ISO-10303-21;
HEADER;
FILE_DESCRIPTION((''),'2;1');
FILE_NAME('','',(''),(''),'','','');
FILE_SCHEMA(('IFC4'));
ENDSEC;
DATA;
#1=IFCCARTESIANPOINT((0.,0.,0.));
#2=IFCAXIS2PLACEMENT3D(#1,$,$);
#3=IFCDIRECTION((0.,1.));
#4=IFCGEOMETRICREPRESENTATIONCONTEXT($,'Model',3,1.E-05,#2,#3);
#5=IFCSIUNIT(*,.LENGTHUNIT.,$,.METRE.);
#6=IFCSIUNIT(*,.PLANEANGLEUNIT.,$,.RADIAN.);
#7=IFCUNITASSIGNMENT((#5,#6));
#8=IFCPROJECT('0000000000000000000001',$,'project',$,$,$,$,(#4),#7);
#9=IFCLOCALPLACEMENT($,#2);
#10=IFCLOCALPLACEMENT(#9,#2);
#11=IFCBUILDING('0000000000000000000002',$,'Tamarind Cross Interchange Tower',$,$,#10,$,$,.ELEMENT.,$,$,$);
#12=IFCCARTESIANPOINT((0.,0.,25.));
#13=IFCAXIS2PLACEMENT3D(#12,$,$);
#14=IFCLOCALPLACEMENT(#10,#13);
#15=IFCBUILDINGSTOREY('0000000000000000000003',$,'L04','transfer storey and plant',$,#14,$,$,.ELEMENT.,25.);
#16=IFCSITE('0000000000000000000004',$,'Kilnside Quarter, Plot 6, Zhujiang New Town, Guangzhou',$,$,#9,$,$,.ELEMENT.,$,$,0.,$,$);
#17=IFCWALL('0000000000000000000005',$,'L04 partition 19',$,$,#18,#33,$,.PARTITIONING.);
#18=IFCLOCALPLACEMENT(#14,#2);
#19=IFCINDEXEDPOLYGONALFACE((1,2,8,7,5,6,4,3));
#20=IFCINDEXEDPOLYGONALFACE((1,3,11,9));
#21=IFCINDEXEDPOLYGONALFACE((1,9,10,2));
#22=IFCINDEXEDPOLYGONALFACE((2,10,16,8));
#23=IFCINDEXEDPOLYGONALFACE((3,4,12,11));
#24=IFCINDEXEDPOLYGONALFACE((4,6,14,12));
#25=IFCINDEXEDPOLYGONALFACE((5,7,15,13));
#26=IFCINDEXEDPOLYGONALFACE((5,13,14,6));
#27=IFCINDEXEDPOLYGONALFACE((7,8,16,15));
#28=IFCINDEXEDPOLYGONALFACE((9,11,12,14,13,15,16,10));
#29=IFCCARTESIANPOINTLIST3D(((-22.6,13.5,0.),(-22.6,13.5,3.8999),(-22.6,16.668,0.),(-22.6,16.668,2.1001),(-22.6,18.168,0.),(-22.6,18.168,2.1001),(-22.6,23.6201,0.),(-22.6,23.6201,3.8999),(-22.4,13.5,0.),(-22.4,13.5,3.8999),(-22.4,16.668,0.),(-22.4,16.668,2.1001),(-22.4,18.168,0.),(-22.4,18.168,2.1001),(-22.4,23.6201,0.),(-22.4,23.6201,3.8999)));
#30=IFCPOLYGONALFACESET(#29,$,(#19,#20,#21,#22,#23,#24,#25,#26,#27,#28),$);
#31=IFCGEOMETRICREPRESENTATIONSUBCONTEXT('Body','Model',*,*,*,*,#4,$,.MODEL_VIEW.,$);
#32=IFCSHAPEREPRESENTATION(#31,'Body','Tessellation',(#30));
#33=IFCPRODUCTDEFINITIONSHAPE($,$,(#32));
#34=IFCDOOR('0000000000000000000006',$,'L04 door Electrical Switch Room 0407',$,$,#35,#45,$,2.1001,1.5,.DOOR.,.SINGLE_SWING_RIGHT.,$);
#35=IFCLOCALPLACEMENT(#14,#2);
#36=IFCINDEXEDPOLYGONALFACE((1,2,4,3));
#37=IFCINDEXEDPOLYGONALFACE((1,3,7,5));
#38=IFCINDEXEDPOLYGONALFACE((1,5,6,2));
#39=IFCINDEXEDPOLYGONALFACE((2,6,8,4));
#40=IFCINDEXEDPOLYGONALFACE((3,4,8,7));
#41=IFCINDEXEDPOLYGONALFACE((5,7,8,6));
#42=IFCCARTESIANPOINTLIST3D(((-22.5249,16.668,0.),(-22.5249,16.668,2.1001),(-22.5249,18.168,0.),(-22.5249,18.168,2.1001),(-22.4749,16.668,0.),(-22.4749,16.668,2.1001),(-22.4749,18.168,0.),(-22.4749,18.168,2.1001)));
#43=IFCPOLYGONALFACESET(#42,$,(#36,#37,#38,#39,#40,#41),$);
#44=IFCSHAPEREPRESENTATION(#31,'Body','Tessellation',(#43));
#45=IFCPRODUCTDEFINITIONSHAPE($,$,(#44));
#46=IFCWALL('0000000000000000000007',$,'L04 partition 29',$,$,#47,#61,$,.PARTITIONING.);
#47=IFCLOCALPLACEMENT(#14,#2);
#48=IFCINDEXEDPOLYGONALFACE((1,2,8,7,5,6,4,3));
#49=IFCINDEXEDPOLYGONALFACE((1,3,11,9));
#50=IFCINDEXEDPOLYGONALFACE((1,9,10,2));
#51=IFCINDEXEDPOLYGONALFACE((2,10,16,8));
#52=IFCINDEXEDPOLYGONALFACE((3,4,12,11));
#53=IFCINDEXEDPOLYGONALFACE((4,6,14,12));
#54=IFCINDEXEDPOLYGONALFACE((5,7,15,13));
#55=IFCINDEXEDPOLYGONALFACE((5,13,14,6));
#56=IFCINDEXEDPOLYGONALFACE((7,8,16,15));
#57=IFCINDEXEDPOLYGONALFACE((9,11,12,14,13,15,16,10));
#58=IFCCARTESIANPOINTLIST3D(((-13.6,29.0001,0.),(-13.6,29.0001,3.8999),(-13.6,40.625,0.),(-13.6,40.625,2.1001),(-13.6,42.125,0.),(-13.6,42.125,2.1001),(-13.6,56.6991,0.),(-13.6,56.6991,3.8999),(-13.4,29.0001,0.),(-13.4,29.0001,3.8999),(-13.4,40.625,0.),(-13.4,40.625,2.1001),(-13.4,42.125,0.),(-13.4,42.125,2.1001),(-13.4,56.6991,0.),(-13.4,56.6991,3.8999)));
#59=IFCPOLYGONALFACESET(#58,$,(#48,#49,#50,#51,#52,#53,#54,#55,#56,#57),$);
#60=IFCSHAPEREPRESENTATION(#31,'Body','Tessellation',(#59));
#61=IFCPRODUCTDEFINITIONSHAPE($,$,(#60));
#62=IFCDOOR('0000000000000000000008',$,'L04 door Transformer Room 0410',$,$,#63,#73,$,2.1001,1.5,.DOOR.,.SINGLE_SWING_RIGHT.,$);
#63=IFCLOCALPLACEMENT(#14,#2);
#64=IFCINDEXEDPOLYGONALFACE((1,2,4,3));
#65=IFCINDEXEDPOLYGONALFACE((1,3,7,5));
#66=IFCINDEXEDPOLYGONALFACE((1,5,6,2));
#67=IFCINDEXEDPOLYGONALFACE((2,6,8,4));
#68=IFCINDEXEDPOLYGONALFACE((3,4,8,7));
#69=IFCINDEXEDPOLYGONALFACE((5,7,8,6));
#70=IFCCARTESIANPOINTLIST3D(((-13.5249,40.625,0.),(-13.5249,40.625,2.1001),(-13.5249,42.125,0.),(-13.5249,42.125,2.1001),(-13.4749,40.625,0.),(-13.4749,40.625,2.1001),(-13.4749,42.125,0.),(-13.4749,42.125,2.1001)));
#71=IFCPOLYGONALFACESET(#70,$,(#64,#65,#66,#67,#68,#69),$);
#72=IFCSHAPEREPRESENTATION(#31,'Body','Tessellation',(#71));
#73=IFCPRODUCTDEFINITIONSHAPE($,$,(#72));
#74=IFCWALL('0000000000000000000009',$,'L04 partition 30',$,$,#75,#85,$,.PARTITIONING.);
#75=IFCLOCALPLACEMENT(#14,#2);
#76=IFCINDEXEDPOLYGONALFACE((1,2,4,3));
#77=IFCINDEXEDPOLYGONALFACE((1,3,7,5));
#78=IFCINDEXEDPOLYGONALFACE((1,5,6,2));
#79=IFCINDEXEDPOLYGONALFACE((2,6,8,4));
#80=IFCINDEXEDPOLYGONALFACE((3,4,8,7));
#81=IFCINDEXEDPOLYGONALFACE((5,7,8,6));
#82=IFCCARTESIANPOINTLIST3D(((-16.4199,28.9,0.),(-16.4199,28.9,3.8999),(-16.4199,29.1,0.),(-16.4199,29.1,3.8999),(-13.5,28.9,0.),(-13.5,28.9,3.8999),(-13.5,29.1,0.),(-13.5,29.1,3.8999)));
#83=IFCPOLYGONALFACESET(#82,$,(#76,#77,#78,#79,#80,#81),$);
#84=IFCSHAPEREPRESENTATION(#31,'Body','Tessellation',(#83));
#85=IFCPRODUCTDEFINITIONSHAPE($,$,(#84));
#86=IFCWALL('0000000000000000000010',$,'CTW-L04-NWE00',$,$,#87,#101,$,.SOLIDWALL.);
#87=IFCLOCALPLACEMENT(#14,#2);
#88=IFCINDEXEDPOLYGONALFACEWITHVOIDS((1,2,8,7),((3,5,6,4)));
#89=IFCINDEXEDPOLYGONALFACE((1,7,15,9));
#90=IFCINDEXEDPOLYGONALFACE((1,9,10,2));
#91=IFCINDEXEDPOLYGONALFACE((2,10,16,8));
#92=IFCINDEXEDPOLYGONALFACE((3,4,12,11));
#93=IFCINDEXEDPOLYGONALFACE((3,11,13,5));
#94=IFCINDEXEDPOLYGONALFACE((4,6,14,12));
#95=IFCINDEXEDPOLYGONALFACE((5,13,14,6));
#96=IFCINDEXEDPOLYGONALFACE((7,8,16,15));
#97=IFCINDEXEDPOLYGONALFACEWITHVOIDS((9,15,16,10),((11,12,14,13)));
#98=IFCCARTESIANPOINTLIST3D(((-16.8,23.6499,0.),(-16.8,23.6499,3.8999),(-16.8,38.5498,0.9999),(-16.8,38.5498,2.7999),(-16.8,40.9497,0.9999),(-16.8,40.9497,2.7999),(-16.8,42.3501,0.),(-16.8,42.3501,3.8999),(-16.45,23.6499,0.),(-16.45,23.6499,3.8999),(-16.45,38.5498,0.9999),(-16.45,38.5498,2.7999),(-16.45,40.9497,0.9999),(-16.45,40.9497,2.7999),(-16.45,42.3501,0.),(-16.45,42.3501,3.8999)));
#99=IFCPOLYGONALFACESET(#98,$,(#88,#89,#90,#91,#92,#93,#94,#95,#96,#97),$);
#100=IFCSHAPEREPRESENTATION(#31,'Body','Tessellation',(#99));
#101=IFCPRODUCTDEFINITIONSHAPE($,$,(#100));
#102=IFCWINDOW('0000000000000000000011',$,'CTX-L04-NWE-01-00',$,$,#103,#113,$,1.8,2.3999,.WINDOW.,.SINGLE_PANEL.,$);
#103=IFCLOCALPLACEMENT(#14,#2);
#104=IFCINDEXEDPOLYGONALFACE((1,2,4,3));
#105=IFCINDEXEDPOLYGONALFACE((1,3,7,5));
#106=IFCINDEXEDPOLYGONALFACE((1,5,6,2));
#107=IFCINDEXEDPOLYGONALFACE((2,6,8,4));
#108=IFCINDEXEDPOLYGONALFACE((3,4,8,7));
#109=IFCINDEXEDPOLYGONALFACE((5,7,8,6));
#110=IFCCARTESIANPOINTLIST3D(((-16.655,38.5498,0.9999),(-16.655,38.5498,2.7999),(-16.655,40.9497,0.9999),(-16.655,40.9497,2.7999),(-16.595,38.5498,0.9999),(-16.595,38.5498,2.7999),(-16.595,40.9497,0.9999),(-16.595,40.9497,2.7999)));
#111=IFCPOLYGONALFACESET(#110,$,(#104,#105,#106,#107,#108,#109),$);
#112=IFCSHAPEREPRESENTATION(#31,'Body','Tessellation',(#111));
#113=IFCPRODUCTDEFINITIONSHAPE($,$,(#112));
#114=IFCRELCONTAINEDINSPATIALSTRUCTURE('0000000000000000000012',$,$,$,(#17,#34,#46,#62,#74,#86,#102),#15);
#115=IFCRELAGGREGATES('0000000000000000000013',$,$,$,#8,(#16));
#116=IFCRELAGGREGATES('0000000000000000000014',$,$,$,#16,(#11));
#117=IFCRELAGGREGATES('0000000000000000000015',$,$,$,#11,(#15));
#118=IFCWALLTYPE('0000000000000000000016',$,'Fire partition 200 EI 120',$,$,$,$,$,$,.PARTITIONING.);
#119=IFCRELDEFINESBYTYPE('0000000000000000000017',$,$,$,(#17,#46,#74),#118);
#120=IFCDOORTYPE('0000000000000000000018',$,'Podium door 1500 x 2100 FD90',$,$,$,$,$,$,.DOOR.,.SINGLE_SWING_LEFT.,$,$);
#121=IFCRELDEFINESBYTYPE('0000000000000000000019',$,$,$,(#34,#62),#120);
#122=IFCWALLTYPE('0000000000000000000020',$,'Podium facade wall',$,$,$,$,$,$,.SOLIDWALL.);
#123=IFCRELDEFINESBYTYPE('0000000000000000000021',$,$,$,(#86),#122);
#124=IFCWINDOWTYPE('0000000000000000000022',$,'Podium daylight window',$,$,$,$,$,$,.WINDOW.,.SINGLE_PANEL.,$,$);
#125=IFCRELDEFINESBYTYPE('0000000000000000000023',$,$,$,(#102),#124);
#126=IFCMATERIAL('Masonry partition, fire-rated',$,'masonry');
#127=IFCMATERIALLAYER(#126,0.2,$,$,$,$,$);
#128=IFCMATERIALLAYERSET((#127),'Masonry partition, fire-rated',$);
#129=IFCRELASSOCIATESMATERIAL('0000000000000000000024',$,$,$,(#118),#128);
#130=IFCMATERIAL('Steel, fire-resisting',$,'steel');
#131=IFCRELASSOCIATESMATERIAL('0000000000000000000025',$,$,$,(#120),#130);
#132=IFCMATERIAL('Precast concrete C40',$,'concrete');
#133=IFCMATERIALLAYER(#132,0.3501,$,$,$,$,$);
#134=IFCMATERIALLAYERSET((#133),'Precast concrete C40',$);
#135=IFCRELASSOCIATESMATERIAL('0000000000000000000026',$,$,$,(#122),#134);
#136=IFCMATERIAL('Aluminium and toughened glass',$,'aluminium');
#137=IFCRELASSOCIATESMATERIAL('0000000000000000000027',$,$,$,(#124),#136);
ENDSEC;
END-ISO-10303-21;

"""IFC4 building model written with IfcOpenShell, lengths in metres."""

from ifc_helpers import new_model, si_unit, direction, frame, frame_2d, origin, place, context, subcontext, project, spatial, rectangle, extrude, material, layer, layer_set, type_object, element, fill, save


model = new_model("IFC4")

# Units and contexts
model_context = context("Model", 3, precision=1e-05, world=origin(), true_north=direction((0.0, 1.0)))
body_context = subcontext(model_context, "Body", "Model", "MODEL_VIEW")
ifc_project = project(units=[si_unit("LENGTHUNIT", "METRE"), si_unit("PLANEANGLEUNIT", "RADIAN")], contexts=[model_context])

# Site, building, storey
site_placement = place(None, origin())
site = spatial("IfcSite", under=ifc_project, at=site_placement, Name="Kilnside Quarter, Plot 6, Zhujiang New Town, Guangzhou", CompositionType="ELEMENT", RefElevation=0.0)
building_placement = place(site_placement, origin())
building = spatial("IfcBuilding", under=site, at=building_placement, Name="Tamarind Cross Interchange Tower", CompositionType="ELEMENT")
storey_placement = place(building_placement, frame((0.0, 0.0, 25.0)))
storey = spatial("IfcBuildingStorey", under=building, at=storey_placement, Name="L04", Description="transfer storey and plant", CompositionType="ELEMENT", Elevation=25.0)

# Walls, openings, doors
ifc_material_1 = material(Name="Masonry partition, fire-rated", Category="masonry")
ifc_layer_1 = layer(ifc_material_1, 0.2)
ifc_layer_set_1 = layer_set([ifc_layer_1], Name="Masonry partition, fire-rated")
wall_type_1 = type_object("IfcWallType", Name="Fire partition 200 EI 120", PredefinedType="PARTITIONING", material=ifc_layer_set_1)
wall_1_placement = place(storey_placement, frame((-22.5, 13.5, 0.0), z_axis=(0.0, 0.0, 1.0), x_axis=(0.0, 1.0, 0.0)))
wall_1 = element("IfcWall", 1, at=wall_1_placement, inside=storey, type_object=wall_type_1, Name="L04 partition 19", PredefinedType="PARTITIONING", context=body_context, shape_type="SweptSolid", body=[
    extrude(rectangle(XDim=10.1201, YDim=0.2, at=frame_2d((5.0601, 0.0))), origin(), (0.0, 0.0, 1.0), 3.8999),
])
opening_1_placement = place(wall_1_placement, frame((3.168, 0.0, 0.0)))
opening_1 = element("IfcOpeningElement", 2, at=opening_1_placement, cuts=wall_1, PredefinedType="OPENING", context=body_context, shape_type="SweptSolid", body=[
    extrude(rectangle(XDim=1.5, YDim=2.1001, at=frame_2d((0.75, 1.05))), frame((0.0, 0.1099, 0.0), z_axis=(0.0, -1.0, 0.0), x_axis=(1.0, 0.0, 0.0)), (0.0, 0.0, 1.0), 0.22),
])
ifc_material_2 = material(Name="Steel, fire-resisting", Category="steel")
door_type = type_object("IfcDoorType", Name="Podium door 1500 x 2100 FD90", OperationType="SINGLE_SWING_LEFT", PredefinedType="DOOR", material=ifc_material_2)
door_1_placement = place(opening_1_placement, origin())
door_1 = element("IfcDoor", 3, at=door_1_placement, inside=storey, type_object=door_type, Name="L04 door Electrical Switch Room 0407", OperationType="SINGLE_SWING_RIGHT", OverallHeight=2.1001, OverallWidth=1.5, PredefinedType="DOOR", context=body_context, shape_type="SweptSolid", body=[
    extrude(rectangle(XDim=1.5, YDim=2.1001, at=frame_2d((0.75, 1.05))), frame((0.0, 0.0249, 0.0), z_axis=(0.0, -1.0, 0.0), x_axis=(1.0, 0.0, 0.0)), (0.0, 0.0, 1.0), 0.05),
])
fill(opening_1, door_1)
wall_2_placement = place(storey_placement, frame((-13.5, 29.0, 0.0), z_axis=(0.0, 0.0, 1.0), x_axis=(0.0, 1.0, 0.0)))
wall_2 = element("IfcWall", 4, at=wall_2_placement, inside=storey, type_object=wall_type_1, Name="L04 partition 29", PredefinedType="PARTITIONING", context=body_context, shape_type="SweptSolid", body=[
    extrude(rectangle(XDim=27.699, YDim=0.2, at=frame_2d((13.8496, 0.0))), origin(), (0.0, 0.0, 1.0), 3.8999),
])
opening_2_placement = place(wall_2_placement, frame((11.625, 0.0, 0.0)))
opening_2 = element("IfcOpeningElement", 5, at=opening_2_placement, cuts=wall_2, PredefinedType="OPENING", context=body_context, shape_type="SweptSolid", body=[
    extrude(rectangle(XDim=1.5, YDim=2.1001, at=frame_2d((0.75, 1.05))), frame((0.0, 0.1099, 0.0), z_axis=(0.0, -1.0, 0.0), x_axis=(1.0, 0.0, 0.0)), (0.0, 0.0, 1.0), 0.22),
])
door_2_placement = place(opening_2_placement, origin())
door_2 = element("IfcDoor", 6, at=door_2_placement, inside=storey, type_object=door_type, Name="L04 door Transformer Room 0410", OperationType="SINGLE_SWING_RIGHT", OverallHeight=2.1001, OverallWidth=1.5, PredefinedType="DOOR", context=body_context, shape_type="SweptSolid", body=[
    extrude(rectangle(XDim=1.5, YDim=2.1001, at=frame_2d((0.75, 1.05))), frame((0.0, 0.0249, 0.0), z_axis=(0.0, -1.0, 0.0), x_axis=(1.0, 0.0, 0.0)), (0.0, 0.0, 1.0), 0.05),
])
fill(opening_2, door_2)

# Wall
wall_3_placement = place(storey_placement, frame((-16.4199, 29.0, 0.0), z_axis=(0.0, 0.0, 1.0), x_axis=(1.0, 0.0, 0.0)))
element("IfcWall", 7, at=wall_3_placement, inside=storey, type_object=wall_type_1, Name="L04 partition 30", PredefinedType="PARTITIONING", context=body_context, shape_type="SweptSolid", body=[
    extrude(rectangle(XDim=2.9199, YDim=0.2, at=frame_2d((1.46, 0.0))), origin(), (0.0, 0.0, 1.0), 3.8999),
])

# Wall, opening, window
ifc_material_3 = material(Name="Precast concrete C40", Category="concrete")
ifc_layer_2 = layer(ifc_material_3, 0.3501)
ifc_layer_set_2 = layer_set([ifc_layer_2], Name="Precast concrete C40")
wall_type_2 = type_object("IfcWallType", Name="Podium facade wall", PredefinedType="SOLIDWALL", material=ifc_layer_set_2)
wall_4_placement = place(storey_placement, frame((-16.625, 23.6499, 0.0), z_axis=(0.0, 0.0, 1.0), x_axis=(0.0, 1.0, 0.0)))
wall_4 = element("IfcWall", 8, at=wall_4_placement, inside=storey, type_object=wall_type_2, Name="CTW-L04-NWE00", PredefinedType="SOLIDWALL", context=body_context, shape_type="SweptSolid", body=[
    extrude(rectangle(XDim=18.7002, YDim=0.3501, at=frame_2d((9.3501, 0.0))), origin(), (0.0, 0.0, 1.0), 3.8999),
])
opening_3_placement = place(wall_4_placement, frame((14.8999, 0.0, 1.0)))
opening_3 = element("IfcOpeningElement", 9, at=opening_3_placement, cuts=wall_4, PredefinedType="OPENING", context=body_context, shape_type="SweptSolid", body=[
    extrude(rectangle(XDim=2.3999, YDim=1.8, at=frame_2d((1.2, 0.8999))), frame((0.0, 0.1851, 0.0), z_axis=(0.0, -1.0, 0.0), x_axis=(1.0, 0.0, 0.0)), (0.0, 0.0, 1.0), 0.3701),
])
ifc_material_4 = material(Name="Aluminium and toughened glass", Category="aluminium")
window_type = type_object("IfcWindowType", Name="Podium daylight window", PartitioningType="SINGLE_PANEL", PredefinedType="WINDOW", material=ifc_material_4)
window_placement = place(opening_3_placement, origin())
window = element("IfcWindow", 10, at=window_placement, inside=storey, type_object=window_type, Name="CTX-L04-NWE-01-00", OverallHeight=1.8, OverallWidth=2.3999, PartitioningType="SINGLE_PANEL", PredefinedType="WINDOW", context=body_context, shape_type="SweptSolid", body=[
    extrude(rectangle(XDim=2.3999, YDim=1.8, at=frame_2d((1.2, 0.8999))), frame((0.0, 0.03, 0.0), z_axis=(0.0, -1.0, 0.0), x_axis=(1.0, 0.0, 0.0)), (0.0, 0.0, 1.0), 0.0601),
])
fill(opening_3, window)

save(model, "model.ifc")
